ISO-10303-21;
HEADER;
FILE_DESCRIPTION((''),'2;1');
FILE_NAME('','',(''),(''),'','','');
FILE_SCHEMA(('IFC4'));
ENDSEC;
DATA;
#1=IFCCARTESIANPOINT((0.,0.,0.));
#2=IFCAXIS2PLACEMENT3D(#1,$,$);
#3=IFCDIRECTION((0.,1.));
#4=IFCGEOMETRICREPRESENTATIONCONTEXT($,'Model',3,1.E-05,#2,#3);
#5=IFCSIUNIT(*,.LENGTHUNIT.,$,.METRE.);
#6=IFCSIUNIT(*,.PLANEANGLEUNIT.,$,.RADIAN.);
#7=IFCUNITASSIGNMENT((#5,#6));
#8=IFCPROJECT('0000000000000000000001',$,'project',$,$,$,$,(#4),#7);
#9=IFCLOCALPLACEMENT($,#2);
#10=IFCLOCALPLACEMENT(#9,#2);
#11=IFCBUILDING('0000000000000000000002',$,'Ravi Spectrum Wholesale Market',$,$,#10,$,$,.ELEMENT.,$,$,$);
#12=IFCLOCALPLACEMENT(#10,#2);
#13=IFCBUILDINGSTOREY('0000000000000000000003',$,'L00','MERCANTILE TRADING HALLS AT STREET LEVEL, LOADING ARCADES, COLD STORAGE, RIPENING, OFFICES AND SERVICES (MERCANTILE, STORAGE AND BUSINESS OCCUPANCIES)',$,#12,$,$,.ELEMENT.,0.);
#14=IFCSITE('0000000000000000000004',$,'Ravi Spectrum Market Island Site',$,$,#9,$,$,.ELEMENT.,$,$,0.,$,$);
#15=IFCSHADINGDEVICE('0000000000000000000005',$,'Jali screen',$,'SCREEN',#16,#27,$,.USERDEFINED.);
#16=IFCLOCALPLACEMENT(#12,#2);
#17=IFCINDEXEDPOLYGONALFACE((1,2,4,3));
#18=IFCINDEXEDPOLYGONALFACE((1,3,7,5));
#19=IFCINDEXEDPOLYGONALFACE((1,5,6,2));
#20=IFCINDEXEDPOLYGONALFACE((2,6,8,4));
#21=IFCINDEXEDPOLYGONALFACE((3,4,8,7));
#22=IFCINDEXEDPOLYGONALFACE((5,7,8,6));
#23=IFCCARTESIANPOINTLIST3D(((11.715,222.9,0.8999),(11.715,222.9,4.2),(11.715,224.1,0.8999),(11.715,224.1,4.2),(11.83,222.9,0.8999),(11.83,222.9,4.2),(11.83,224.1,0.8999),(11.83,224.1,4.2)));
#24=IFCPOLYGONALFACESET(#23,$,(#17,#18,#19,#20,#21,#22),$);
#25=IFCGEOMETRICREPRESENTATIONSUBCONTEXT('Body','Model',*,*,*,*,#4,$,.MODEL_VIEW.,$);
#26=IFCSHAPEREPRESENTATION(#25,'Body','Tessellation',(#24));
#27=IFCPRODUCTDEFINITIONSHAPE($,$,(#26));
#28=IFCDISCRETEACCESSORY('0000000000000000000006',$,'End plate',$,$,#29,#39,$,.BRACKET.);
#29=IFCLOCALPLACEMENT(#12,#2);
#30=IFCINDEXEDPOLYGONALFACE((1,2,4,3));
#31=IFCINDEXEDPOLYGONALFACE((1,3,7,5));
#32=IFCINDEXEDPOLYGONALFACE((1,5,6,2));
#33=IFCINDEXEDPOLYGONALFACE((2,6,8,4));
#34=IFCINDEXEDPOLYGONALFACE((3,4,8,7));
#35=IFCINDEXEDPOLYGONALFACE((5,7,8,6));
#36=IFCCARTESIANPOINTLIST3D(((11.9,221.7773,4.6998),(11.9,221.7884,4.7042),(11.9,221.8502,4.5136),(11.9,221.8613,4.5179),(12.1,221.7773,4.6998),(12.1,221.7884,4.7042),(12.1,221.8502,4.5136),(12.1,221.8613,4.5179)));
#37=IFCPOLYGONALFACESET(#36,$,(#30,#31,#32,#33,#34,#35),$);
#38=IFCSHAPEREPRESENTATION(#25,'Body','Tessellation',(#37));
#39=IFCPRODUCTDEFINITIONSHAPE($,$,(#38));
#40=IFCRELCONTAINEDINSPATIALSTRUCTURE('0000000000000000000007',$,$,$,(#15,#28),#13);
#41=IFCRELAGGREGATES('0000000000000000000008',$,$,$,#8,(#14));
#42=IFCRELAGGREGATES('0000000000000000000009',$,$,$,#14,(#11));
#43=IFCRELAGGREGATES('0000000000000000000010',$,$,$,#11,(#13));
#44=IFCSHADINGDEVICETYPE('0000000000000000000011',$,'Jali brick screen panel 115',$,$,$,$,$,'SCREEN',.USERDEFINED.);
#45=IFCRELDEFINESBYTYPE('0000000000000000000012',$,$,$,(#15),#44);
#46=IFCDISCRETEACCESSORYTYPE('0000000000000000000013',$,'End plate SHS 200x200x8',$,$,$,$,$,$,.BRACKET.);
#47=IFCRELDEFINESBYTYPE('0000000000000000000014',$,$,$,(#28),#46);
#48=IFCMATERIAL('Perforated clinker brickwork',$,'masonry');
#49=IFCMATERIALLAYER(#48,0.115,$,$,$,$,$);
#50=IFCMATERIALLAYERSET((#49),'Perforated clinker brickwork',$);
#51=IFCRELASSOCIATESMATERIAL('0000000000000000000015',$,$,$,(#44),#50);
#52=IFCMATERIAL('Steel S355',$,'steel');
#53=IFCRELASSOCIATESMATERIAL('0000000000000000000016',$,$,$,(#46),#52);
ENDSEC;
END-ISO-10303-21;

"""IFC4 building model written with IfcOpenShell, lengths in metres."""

from ifc_helpers import new_model, si_unit, direction, frame, origin, origin_2d, place, context, subcontext, project, spatial, rectangle, extrude, material, layer, layer_set, material_profile, profile_set, type_object, element, save


model = new_model("IFC4")

# Units and contexts
model_context = context("Model", 3, precision=1e-05, world=origin(), true_north=direction((0.0, 1.0)))
body_context = subcontext(model_context, "Body", "Model", "MODEL_VIEW")
ifc_project = project(units=[si_unit("LENGTHUNIT", "METRE"), si_unit("PLANEANGLEUNIT", "RADIAN")], contexts=[model_context])

# Site, building, storey
site_placement = place(None, origin())
site = spatial("IfcSite", under=ifc_project, at=site_placement, Name="Ravi Spectrum Market Island Site", CompositionType="ELEMENT", RefElevation=0.0)
building_placement = place(site_placement, origin())
building = spatial("IfcBuilding", under=site, at=building_placement, Name="Ravi Spectrum Wholesale Market", CompositionType="ELEMENT")
storey_placement = place(building_placement, origin())
storey = spatial("IfcBuildingStorey", under=building, at=storey_placement, Name="L00", Description="MERCANTILE TRADING HALLS AT STREET LEVEL, LOADING ARCADES, COLD STORAGE, RIPENING, OFFICES AND SERVICES (MERCANTILE, STORAGE AND BUSINESS OCCUPANCIES)", CompositionType="ELEMENT", Elevation=0.0)

# Shading device
ifc_material_1 = material(Name="Perforated clinker brickwork", Category="masonry")
ifc_layer_1 = layer(ifc_material_1, 0.115)
ifc_layer_set_1 = layer_set([ifc_layer_1], Name="Perforated clinker brickwork")
shading_device_type = type_object("IfcShadingDeviceType", Name="Jali brick screen panel 115", ElementType="SCREEN", PredefinedType="USERDEFINED", material=ifc_layer_set_1)
shading_device_placement = place(storey_placement, frame((11.7725, 223.5, 0.8999), z_axis=(0.0, 0.0, 1.0), x_axis=(1.0, 0.0, 0.0)))
element("IfcShadingDevice", 1, at=shading_device_placement, inside=storey, type_object=shading_device_type, Name="Jali screen", ObjectType="SCREEN", PredefinedType="USERDEFINED", context=body_context, shape_type="SweptSolid", body=[
    extrude(rectangle(XDim=0.115, YDim=1.2, at=origin_2d()), origin(), (0.0, 0.0, 1.0), 3.3),
])

# Discrete accessory
ifc_material_2 = material(Name="Steel S355", Category="steel")
ifc_material_profile_1 = material_profile(ifc_material_2, rectangle(XDim=0.2, YDim=0.2, at=origin_2d()))
ifc_profile_set_1 = profile_set([ifc_material_profile_1], Name="Steel S355")
discrete_accessory_type = type_object("IfcDiscreteAccessoryType", Name="End plate SHS 200x200x8", PredefinedType="BRACKET", material=ifc_profile_set_1)
discrete_accessory_placement = place(storey_placement, frame((12.0, 221.8137, 4.6067), z_axis=(0.0, 0.931243, 0.364399), x_axis=(-1.0, 0.0, 0.0)))
element("IfcDiscreteAccessory", 2, at=discrete_accessory_placement, inside=storey, type_object=discrete_accessory_type, Name="End plate", PredefinedType="BRACKET", context=body_context, shape_type="SweptSolid", body=[
    extrude(rectangle(XDim=0.2, YDim=0.2, at=origin_2d()), origin(), (0.0, 0.0, 1.0), 0.012),
])

save(model, "model.ifc")
